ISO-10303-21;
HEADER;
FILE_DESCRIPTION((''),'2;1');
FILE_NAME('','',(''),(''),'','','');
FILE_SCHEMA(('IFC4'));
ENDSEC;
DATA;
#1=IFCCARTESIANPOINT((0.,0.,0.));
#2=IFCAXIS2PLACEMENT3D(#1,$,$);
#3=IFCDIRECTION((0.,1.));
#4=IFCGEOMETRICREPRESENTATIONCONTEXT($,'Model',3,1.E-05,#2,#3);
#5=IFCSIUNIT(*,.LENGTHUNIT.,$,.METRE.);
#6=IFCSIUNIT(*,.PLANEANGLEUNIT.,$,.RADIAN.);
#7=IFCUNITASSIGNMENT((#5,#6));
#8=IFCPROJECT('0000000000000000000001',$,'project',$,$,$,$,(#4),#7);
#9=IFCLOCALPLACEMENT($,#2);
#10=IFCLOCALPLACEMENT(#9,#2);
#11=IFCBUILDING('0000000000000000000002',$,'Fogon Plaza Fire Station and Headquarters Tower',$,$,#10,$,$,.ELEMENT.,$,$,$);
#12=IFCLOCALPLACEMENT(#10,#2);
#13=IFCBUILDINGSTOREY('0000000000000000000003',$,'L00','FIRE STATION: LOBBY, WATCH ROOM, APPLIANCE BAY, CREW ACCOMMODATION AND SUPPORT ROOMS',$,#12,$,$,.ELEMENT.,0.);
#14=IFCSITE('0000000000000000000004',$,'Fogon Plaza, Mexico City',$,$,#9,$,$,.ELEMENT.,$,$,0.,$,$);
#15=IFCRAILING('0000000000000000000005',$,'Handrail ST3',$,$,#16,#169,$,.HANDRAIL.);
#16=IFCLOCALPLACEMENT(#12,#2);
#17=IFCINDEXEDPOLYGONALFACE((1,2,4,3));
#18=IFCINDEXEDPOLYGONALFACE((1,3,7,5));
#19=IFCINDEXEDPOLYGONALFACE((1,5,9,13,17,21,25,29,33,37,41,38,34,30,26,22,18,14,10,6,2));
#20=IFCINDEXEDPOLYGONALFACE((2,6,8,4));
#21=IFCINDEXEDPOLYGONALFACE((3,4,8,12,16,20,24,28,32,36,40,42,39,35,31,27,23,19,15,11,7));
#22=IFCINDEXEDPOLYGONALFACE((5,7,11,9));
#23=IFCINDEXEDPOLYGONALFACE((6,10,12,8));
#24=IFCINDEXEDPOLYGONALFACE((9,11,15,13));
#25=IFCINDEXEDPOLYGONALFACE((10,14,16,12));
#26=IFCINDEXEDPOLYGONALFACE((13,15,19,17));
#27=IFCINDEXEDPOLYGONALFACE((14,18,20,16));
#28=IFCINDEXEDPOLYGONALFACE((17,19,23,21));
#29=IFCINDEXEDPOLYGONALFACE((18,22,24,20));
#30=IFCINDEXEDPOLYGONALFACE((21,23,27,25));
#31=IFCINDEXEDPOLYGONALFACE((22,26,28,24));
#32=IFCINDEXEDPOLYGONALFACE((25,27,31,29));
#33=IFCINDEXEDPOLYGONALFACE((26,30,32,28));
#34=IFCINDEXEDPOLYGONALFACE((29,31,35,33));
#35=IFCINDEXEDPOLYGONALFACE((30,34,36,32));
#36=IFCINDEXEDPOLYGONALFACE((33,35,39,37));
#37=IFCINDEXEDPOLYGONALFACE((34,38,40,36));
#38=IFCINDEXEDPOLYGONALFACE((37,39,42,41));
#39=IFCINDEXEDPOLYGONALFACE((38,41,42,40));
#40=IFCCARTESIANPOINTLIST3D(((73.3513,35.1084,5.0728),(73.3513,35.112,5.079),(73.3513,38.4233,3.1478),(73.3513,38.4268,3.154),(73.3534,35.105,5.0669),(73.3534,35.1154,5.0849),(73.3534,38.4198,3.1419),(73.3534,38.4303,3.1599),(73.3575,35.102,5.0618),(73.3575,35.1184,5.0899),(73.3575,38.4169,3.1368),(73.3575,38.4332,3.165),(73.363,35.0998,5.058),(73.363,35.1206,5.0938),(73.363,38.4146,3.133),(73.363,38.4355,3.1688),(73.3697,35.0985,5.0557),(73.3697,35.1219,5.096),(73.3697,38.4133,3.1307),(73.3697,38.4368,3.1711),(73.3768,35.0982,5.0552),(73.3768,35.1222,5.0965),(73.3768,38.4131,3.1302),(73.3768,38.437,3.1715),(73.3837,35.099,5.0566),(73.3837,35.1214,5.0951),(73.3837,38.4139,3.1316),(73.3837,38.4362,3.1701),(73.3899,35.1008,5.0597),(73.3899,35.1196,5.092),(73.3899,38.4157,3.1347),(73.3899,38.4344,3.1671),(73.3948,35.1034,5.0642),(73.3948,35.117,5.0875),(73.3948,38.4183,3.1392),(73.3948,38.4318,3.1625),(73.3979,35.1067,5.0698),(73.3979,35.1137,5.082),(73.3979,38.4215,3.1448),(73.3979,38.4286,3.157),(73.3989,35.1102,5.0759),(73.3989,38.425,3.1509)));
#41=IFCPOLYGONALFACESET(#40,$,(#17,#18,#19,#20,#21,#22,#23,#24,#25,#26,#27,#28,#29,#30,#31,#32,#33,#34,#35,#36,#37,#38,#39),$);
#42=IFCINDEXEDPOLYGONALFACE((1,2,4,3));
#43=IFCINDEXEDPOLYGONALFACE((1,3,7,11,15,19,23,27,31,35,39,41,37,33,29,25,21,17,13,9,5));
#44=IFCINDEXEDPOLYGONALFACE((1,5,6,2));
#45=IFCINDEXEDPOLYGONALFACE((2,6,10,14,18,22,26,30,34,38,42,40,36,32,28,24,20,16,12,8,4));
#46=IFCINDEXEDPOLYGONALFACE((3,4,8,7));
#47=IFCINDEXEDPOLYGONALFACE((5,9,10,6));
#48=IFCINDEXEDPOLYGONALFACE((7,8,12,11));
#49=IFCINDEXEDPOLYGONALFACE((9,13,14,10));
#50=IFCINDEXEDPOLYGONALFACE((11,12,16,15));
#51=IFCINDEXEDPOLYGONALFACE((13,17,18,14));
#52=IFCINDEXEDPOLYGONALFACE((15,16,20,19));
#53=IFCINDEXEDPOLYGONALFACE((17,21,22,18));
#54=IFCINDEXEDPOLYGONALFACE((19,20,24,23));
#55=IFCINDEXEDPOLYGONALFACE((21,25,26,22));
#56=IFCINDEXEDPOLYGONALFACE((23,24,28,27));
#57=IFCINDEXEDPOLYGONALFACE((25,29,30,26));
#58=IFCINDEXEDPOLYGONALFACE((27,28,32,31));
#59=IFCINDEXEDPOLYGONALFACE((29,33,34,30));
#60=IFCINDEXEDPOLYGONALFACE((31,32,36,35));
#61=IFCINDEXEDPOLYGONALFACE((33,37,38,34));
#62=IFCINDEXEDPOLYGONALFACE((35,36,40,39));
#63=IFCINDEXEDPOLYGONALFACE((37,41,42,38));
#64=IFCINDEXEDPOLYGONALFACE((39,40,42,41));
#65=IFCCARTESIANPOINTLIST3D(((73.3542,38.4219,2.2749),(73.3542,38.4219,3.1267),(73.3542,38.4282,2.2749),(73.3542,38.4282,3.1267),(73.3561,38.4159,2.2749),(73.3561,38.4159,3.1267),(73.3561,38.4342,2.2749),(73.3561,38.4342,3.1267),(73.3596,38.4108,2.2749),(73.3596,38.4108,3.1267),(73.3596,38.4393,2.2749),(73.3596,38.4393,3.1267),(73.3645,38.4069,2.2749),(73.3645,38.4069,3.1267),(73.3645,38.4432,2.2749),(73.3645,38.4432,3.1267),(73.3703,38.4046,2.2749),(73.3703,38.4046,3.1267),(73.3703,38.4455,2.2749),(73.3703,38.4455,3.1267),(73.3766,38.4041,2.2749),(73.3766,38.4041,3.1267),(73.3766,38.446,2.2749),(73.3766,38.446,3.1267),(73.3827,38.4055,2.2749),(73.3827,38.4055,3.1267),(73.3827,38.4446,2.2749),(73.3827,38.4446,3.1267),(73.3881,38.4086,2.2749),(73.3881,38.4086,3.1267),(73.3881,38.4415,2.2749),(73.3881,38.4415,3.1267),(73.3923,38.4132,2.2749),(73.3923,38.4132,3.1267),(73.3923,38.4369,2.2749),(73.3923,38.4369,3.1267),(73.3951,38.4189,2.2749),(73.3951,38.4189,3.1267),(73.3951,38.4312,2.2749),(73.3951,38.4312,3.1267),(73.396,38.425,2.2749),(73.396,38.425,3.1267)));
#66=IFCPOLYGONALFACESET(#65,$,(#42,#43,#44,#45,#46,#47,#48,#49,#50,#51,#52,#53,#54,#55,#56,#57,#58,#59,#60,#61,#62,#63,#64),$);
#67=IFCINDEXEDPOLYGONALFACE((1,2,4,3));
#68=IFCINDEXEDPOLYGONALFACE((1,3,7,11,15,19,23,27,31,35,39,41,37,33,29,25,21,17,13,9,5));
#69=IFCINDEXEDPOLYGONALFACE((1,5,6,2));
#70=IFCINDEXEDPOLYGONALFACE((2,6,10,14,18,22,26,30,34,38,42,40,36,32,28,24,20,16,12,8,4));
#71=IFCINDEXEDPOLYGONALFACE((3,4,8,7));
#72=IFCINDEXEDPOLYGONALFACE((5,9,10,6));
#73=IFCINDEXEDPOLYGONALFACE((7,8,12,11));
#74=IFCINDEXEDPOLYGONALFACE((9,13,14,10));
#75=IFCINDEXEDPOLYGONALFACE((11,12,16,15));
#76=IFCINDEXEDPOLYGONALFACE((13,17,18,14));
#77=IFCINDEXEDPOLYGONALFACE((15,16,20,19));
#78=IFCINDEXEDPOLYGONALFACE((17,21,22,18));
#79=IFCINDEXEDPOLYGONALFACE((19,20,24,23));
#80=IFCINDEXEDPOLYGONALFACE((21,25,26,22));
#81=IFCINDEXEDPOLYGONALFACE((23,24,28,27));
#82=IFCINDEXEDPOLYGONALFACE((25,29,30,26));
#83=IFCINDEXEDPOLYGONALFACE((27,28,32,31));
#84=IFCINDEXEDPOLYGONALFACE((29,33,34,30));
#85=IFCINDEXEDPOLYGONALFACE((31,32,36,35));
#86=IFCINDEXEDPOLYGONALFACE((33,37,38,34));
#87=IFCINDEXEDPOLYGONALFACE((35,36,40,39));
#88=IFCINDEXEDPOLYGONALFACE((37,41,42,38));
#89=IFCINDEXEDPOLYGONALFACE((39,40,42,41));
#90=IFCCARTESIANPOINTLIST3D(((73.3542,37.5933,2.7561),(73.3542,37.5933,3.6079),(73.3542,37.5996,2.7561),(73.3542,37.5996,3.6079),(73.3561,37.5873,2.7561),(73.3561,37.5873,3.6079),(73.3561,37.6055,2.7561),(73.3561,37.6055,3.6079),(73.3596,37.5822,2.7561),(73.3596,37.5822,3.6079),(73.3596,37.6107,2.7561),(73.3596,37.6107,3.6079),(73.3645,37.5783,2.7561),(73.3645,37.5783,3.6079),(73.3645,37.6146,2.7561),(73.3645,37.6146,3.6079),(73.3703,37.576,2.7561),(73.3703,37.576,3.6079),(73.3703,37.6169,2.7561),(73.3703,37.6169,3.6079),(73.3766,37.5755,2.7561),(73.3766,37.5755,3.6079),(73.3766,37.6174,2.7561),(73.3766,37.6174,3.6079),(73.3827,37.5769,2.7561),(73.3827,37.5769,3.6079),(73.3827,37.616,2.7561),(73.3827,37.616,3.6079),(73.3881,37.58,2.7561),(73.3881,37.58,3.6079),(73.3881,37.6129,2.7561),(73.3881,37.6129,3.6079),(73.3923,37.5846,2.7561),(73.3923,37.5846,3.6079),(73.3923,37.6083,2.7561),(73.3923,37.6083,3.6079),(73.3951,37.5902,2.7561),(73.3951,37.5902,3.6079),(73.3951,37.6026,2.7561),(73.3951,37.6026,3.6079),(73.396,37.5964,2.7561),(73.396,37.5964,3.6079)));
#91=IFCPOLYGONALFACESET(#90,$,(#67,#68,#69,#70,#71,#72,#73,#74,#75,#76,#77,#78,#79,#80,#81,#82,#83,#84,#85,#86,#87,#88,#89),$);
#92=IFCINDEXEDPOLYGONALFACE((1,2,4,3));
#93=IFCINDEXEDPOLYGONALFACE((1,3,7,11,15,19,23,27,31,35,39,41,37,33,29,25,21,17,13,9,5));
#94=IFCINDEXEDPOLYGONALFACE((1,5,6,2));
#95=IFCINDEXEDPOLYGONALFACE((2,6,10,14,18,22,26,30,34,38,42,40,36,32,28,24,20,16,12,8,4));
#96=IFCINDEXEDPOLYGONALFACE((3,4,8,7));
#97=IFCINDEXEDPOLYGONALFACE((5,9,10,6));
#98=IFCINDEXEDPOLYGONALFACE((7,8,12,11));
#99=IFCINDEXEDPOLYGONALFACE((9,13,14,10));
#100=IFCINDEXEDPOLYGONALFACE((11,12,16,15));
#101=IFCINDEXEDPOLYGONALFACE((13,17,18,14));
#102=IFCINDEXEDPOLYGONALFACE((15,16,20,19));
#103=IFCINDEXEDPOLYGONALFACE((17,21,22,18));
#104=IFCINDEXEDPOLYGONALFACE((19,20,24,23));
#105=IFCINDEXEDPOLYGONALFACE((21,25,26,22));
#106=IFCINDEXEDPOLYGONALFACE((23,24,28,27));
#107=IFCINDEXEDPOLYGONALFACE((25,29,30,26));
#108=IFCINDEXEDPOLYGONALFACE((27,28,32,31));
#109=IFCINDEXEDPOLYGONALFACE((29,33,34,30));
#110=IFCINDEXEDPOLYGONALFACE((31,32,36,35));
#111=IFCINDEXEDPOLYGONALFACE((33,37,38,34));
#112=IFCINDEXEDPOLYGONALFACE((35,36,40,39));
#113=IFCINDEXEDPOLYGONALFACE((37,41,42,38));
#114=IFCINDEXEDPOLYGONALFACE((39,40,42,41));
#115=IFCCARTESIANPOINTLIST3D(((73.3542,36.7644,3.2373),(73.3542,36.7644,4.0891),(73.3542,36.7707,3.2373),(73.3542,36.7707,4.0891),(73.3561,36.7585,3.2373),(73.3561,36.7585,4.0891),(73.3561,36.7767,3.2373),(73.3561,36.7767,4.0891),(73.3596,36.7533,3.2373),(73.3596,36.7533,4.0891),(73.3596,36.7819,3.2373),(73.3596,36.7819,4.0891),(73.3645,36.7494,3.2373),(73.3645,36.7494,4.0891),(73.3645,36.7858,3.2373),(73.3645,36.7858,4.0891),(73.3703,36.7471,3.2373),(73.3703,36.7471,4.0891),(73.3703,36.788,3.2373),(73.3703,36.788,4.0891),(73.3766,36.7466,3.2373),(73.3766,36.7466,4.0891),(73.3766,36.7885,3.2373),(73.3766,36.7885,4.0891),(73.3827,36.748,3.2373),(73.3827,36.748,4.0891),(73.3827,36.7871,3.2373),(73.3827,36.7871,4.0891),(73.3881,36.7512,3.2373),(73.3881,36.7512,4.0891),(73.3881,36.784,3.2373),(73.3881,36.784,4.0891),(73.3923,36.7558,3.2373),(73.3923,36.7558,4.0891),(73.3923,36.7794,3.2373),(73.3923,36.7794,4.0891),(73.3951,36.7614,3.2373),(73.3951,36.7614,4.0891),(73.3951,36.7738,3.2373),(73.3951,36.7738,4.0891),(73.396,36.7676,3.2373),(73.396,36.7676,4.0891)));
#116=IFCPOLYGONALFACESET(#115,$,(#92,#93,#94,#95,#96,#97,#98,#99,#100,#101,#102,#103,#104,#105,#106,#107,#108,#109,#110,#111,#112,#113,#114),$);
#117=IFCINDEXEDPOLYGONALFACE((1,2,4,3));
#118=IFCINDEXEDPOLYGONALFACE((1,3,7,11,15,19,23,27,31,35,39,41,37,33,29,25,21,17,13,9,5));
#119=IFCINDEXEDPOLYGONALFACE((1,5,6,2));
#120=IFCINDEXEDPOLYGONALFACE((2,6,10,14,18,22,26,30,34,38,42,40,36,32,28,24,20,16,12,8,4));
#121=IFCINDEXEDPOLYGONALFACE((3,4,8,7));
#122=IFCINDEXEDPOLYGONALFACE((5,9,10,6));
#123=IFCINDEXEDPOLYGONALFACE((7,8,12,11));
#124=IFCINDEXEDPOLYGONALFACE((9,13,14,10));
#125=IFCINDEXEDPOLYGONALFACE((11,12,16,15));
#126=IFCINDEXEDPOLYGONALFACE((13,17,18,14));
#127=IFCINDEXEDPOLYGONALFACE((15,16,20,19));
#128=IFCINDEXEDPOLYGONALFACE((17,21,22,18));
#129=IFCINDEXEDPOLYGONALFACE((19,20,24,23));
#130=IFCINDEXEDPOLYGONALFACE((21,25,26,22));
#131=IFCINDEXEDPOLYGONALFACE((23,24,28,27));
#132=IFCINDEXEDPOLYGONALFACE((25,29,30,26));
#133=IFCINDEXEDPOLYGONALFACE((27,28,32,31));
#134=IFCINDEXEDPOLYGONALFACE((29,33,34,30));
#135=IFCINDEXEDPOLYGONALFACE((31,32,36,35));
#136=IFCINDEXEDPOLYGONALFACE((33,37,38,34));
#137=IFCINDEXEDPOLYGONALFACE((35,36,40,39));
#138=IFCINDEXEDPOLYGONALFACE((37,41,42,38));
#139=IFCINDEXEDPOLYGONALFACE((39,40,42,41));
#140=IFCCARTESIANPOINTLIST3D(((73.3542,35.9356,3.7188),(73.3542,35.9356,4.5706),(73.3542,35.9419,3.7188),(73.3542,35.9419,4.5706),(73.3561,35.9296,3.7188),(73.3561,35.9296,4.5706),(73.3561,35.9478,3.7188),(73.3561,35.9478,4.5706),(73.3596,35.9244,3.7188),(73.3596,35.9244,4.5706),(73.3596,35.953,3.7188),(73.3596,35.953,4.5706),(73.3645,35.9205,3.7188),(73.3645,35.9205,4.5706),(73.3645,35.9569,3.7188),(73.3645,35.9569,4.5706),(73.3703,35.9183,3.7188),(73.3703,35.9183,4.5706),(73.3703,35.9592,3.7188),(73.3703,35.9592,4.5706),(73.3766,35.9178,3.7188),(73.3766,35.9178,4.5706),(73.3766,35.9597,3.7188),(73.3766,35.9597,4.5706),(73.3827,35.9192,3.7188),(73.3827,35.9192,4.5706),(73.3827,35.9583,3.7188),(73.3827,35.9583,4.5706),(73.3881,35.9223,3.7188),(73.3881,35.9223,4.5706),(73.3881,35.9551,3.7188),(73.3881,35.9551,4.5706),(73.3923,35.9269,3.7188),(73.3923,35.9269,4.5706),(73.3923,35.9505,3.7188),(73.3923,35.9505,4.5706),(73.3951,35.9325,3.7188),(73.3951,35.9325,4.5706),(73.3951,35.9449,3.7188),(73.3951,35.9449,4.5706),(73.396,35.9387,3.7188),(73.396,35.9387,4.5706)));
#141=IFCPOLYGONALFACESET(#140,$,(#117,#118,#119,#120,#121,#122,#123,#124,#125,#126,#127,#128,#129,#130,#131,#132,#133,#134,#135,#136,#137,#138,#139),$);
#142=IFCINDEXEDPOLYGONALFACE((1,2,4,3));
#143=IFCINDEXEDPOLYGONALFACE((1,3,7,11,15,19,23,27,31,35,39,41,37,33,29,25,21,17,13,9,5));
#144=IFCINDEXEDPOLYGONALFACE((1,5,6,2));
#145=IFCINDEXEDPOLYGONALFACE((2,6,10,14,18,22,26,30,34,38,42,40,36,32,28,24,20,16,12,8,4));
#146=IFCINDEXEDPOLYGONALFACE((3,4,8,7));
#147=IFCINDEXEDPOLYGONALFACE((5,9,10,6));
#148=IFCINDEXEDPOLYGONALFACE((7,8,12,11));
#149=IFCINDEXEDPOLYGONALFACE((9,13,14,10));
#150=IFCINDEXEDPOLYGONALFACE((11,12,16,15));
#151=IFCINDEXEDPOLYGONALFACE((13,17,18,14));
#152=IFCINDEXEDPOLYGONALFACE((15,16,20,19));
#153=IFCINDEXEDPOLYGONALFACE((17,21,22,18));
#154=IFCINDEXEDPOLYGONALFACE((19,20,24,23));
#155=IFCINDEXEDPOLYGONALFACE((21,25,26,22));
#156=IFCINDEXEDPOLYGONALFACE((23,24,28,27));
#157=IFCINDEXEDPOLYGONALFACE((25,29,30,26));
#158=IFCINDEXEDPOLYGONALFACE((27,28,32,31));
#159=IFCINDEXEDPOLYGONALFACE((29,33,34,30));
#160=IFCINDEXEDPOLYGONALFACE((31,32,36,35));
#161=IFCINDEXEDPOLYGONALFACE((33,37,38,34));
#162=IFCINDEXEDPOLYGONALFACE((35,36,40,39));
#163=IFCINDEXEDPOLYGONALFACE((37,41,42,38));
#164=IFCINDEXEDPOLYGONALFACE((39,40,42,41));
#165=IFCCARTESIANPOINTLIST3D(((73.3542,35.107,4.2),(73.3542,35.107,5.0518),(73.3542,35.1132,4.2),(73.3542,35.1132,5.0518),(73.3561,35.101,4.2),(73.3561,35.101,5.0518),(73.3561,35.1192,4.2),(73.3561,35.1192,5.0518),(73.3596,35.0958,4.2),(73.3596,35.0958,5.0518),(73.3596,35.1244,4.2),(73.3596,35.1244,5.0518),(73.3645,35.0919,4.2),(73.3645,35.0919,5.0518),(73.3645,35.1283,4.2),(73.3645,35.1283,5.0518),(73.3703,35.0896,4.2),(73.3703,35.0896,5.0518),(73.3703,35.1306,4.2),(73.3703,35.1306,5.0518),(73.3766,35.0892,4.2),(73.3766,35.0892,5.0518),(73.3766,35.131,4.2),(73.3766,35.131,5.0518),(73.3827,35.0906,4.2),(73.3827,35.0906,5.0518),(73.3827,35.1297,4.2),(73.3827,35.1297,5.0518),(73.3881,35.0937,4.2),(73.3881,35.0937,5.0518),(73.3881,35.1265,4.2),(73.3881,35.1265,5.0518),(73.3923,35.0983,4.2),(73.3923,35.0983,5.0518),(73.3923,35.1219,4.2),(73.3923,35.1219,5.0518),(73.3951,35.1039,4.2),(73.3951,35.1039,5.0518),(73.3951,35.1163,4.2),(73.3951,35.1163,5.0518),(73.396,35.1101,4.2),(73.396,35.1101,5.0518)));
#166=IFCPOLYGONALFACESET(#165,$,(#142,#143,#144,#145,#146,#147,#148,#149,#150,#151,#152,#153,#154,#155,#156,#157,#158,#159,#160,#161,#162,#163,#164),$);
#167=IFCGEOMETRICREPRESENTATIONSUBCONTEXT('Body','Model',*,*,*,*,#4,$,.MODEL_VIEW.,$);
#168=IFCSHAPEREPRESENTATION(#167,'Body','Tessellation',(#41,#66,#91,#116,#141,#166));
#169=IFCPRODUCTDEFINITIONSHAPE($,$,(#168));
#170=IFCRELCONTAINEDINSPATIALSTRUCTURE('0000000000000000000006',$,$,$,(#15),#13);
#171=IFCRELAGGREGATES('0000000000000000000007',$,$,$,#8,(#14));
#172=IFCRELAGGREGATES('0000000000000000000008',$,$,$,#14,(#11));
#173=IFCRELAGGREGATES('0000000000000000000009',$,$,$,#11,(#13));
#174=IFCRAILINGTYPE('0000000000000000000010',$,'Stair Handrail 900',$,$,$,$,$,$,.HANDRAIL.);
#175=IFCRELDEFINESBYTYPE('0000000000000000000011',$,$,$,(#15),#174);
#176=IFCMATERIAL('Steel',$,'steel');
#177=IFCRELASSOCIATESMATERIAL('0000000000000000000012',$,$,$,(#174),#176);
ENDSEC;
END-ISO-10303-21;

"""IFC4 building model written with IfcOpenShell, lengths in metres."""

from ifc_helpers import new_model, si_unit, direction, frame, origin, origin_2d, place, context, subcontext, project, spatial, circle, extrude, material, type_object, element, save


model = new_model("IFC4")

# Units and contexts
model_context = context("Model", 3, precision=1e-05, world=origin(), true_north=direction((0.0, 1.0)))
body_context = subcontext(model_context, "Body", "Model", "MODEL_VIEW")
ifc_project = project(units=[si_unit("LENGTHUNIT", "METRE"), si_unit("PLANEANGLEUNIT", "RADIAN")], contexts=[model_context])

# Site, building, storey
site_placement = place(None, origin())
site = spatial("IfcSite", under=ifc_project, at=site_placement, Name="Fogon Plaza, Mexico City", CompositionType="ELEMENT", RefElevation=0.0)
building_placement = place(site_placement, origin())
building = spatial("IfcBuilding", under=site, at=building_placement, Name="Fogon Plaza Fire Station and Headquarters Tower", CompositionType="ELEMENT")
storey_placement = place(building_placement, origin())
storey = spatial("IfcBuildingStorey", under=building, at=storey_placement, Name="L00", Description="FIRE STATION: LOBBY, WATCH ROOM, APPLIANCE BAY, CREW ACCOMMODATION AND SUPPORT ROOMS", CompositionType="ELEMENT", Elevation=0.0)

# Railing
ifc_material_1 = material(Name="Steel", Category="steel")
railing_type = type_object("IfcRailingType", Name="Stair Handrail 900", PredefinedType="HANDRAIL", material=ifc_material_1)
for number, where, name in (
    (1, (73.375, 38.425, 2.2749), "Handrail ST3"),
):
    element("IfcRailing", number, at=place(storey_placement, frame(where)), inside=storey, type_object=railing_type, Name=name, PredefinedType="HANDRAIL", context=body_context, shape_type="SweptSolid", body=[
        extrude(circle(Radius=0.0239, at=origin_2d()), frame((0.0, 0.0, 0.876), z_axis=(0.0, -0.864761, 0.502183), x_axis=(1.0, 0.0, 0.0)), (0.0, 0.0, 1.0), 3.8333),
        extrude(circle(Radius=0.021, at=origin_2d()), origin(), (0.0, 0.0, 1.0), 0.8518),
        extrude(circle(Radius=0.021, at=origin_2d()), frame((0.0, -0.8286, 0.4812)), (0.0, 0.0, 1.0), 0.8518),
        extrude(circle(Radius=0.021, at=origin_2d()), frame((0.0, -1.6575, 0.9624)), (0.0, 0.0, 1.0), 0.8518),
        extrude(circle(Radius=0.021, at=origin_2d()), frame((0.0, -2.4863, 1.4438)), (0.0, 0.0, 1.0), 0.8518),
        extrude(circle(Radius=0.021, at=origin_2d()), frame((0.0, -3.3149, 1.925)), (0.0, 0.0, 1.0), 0.8518),
    ])

save(model, "model.ifc")
